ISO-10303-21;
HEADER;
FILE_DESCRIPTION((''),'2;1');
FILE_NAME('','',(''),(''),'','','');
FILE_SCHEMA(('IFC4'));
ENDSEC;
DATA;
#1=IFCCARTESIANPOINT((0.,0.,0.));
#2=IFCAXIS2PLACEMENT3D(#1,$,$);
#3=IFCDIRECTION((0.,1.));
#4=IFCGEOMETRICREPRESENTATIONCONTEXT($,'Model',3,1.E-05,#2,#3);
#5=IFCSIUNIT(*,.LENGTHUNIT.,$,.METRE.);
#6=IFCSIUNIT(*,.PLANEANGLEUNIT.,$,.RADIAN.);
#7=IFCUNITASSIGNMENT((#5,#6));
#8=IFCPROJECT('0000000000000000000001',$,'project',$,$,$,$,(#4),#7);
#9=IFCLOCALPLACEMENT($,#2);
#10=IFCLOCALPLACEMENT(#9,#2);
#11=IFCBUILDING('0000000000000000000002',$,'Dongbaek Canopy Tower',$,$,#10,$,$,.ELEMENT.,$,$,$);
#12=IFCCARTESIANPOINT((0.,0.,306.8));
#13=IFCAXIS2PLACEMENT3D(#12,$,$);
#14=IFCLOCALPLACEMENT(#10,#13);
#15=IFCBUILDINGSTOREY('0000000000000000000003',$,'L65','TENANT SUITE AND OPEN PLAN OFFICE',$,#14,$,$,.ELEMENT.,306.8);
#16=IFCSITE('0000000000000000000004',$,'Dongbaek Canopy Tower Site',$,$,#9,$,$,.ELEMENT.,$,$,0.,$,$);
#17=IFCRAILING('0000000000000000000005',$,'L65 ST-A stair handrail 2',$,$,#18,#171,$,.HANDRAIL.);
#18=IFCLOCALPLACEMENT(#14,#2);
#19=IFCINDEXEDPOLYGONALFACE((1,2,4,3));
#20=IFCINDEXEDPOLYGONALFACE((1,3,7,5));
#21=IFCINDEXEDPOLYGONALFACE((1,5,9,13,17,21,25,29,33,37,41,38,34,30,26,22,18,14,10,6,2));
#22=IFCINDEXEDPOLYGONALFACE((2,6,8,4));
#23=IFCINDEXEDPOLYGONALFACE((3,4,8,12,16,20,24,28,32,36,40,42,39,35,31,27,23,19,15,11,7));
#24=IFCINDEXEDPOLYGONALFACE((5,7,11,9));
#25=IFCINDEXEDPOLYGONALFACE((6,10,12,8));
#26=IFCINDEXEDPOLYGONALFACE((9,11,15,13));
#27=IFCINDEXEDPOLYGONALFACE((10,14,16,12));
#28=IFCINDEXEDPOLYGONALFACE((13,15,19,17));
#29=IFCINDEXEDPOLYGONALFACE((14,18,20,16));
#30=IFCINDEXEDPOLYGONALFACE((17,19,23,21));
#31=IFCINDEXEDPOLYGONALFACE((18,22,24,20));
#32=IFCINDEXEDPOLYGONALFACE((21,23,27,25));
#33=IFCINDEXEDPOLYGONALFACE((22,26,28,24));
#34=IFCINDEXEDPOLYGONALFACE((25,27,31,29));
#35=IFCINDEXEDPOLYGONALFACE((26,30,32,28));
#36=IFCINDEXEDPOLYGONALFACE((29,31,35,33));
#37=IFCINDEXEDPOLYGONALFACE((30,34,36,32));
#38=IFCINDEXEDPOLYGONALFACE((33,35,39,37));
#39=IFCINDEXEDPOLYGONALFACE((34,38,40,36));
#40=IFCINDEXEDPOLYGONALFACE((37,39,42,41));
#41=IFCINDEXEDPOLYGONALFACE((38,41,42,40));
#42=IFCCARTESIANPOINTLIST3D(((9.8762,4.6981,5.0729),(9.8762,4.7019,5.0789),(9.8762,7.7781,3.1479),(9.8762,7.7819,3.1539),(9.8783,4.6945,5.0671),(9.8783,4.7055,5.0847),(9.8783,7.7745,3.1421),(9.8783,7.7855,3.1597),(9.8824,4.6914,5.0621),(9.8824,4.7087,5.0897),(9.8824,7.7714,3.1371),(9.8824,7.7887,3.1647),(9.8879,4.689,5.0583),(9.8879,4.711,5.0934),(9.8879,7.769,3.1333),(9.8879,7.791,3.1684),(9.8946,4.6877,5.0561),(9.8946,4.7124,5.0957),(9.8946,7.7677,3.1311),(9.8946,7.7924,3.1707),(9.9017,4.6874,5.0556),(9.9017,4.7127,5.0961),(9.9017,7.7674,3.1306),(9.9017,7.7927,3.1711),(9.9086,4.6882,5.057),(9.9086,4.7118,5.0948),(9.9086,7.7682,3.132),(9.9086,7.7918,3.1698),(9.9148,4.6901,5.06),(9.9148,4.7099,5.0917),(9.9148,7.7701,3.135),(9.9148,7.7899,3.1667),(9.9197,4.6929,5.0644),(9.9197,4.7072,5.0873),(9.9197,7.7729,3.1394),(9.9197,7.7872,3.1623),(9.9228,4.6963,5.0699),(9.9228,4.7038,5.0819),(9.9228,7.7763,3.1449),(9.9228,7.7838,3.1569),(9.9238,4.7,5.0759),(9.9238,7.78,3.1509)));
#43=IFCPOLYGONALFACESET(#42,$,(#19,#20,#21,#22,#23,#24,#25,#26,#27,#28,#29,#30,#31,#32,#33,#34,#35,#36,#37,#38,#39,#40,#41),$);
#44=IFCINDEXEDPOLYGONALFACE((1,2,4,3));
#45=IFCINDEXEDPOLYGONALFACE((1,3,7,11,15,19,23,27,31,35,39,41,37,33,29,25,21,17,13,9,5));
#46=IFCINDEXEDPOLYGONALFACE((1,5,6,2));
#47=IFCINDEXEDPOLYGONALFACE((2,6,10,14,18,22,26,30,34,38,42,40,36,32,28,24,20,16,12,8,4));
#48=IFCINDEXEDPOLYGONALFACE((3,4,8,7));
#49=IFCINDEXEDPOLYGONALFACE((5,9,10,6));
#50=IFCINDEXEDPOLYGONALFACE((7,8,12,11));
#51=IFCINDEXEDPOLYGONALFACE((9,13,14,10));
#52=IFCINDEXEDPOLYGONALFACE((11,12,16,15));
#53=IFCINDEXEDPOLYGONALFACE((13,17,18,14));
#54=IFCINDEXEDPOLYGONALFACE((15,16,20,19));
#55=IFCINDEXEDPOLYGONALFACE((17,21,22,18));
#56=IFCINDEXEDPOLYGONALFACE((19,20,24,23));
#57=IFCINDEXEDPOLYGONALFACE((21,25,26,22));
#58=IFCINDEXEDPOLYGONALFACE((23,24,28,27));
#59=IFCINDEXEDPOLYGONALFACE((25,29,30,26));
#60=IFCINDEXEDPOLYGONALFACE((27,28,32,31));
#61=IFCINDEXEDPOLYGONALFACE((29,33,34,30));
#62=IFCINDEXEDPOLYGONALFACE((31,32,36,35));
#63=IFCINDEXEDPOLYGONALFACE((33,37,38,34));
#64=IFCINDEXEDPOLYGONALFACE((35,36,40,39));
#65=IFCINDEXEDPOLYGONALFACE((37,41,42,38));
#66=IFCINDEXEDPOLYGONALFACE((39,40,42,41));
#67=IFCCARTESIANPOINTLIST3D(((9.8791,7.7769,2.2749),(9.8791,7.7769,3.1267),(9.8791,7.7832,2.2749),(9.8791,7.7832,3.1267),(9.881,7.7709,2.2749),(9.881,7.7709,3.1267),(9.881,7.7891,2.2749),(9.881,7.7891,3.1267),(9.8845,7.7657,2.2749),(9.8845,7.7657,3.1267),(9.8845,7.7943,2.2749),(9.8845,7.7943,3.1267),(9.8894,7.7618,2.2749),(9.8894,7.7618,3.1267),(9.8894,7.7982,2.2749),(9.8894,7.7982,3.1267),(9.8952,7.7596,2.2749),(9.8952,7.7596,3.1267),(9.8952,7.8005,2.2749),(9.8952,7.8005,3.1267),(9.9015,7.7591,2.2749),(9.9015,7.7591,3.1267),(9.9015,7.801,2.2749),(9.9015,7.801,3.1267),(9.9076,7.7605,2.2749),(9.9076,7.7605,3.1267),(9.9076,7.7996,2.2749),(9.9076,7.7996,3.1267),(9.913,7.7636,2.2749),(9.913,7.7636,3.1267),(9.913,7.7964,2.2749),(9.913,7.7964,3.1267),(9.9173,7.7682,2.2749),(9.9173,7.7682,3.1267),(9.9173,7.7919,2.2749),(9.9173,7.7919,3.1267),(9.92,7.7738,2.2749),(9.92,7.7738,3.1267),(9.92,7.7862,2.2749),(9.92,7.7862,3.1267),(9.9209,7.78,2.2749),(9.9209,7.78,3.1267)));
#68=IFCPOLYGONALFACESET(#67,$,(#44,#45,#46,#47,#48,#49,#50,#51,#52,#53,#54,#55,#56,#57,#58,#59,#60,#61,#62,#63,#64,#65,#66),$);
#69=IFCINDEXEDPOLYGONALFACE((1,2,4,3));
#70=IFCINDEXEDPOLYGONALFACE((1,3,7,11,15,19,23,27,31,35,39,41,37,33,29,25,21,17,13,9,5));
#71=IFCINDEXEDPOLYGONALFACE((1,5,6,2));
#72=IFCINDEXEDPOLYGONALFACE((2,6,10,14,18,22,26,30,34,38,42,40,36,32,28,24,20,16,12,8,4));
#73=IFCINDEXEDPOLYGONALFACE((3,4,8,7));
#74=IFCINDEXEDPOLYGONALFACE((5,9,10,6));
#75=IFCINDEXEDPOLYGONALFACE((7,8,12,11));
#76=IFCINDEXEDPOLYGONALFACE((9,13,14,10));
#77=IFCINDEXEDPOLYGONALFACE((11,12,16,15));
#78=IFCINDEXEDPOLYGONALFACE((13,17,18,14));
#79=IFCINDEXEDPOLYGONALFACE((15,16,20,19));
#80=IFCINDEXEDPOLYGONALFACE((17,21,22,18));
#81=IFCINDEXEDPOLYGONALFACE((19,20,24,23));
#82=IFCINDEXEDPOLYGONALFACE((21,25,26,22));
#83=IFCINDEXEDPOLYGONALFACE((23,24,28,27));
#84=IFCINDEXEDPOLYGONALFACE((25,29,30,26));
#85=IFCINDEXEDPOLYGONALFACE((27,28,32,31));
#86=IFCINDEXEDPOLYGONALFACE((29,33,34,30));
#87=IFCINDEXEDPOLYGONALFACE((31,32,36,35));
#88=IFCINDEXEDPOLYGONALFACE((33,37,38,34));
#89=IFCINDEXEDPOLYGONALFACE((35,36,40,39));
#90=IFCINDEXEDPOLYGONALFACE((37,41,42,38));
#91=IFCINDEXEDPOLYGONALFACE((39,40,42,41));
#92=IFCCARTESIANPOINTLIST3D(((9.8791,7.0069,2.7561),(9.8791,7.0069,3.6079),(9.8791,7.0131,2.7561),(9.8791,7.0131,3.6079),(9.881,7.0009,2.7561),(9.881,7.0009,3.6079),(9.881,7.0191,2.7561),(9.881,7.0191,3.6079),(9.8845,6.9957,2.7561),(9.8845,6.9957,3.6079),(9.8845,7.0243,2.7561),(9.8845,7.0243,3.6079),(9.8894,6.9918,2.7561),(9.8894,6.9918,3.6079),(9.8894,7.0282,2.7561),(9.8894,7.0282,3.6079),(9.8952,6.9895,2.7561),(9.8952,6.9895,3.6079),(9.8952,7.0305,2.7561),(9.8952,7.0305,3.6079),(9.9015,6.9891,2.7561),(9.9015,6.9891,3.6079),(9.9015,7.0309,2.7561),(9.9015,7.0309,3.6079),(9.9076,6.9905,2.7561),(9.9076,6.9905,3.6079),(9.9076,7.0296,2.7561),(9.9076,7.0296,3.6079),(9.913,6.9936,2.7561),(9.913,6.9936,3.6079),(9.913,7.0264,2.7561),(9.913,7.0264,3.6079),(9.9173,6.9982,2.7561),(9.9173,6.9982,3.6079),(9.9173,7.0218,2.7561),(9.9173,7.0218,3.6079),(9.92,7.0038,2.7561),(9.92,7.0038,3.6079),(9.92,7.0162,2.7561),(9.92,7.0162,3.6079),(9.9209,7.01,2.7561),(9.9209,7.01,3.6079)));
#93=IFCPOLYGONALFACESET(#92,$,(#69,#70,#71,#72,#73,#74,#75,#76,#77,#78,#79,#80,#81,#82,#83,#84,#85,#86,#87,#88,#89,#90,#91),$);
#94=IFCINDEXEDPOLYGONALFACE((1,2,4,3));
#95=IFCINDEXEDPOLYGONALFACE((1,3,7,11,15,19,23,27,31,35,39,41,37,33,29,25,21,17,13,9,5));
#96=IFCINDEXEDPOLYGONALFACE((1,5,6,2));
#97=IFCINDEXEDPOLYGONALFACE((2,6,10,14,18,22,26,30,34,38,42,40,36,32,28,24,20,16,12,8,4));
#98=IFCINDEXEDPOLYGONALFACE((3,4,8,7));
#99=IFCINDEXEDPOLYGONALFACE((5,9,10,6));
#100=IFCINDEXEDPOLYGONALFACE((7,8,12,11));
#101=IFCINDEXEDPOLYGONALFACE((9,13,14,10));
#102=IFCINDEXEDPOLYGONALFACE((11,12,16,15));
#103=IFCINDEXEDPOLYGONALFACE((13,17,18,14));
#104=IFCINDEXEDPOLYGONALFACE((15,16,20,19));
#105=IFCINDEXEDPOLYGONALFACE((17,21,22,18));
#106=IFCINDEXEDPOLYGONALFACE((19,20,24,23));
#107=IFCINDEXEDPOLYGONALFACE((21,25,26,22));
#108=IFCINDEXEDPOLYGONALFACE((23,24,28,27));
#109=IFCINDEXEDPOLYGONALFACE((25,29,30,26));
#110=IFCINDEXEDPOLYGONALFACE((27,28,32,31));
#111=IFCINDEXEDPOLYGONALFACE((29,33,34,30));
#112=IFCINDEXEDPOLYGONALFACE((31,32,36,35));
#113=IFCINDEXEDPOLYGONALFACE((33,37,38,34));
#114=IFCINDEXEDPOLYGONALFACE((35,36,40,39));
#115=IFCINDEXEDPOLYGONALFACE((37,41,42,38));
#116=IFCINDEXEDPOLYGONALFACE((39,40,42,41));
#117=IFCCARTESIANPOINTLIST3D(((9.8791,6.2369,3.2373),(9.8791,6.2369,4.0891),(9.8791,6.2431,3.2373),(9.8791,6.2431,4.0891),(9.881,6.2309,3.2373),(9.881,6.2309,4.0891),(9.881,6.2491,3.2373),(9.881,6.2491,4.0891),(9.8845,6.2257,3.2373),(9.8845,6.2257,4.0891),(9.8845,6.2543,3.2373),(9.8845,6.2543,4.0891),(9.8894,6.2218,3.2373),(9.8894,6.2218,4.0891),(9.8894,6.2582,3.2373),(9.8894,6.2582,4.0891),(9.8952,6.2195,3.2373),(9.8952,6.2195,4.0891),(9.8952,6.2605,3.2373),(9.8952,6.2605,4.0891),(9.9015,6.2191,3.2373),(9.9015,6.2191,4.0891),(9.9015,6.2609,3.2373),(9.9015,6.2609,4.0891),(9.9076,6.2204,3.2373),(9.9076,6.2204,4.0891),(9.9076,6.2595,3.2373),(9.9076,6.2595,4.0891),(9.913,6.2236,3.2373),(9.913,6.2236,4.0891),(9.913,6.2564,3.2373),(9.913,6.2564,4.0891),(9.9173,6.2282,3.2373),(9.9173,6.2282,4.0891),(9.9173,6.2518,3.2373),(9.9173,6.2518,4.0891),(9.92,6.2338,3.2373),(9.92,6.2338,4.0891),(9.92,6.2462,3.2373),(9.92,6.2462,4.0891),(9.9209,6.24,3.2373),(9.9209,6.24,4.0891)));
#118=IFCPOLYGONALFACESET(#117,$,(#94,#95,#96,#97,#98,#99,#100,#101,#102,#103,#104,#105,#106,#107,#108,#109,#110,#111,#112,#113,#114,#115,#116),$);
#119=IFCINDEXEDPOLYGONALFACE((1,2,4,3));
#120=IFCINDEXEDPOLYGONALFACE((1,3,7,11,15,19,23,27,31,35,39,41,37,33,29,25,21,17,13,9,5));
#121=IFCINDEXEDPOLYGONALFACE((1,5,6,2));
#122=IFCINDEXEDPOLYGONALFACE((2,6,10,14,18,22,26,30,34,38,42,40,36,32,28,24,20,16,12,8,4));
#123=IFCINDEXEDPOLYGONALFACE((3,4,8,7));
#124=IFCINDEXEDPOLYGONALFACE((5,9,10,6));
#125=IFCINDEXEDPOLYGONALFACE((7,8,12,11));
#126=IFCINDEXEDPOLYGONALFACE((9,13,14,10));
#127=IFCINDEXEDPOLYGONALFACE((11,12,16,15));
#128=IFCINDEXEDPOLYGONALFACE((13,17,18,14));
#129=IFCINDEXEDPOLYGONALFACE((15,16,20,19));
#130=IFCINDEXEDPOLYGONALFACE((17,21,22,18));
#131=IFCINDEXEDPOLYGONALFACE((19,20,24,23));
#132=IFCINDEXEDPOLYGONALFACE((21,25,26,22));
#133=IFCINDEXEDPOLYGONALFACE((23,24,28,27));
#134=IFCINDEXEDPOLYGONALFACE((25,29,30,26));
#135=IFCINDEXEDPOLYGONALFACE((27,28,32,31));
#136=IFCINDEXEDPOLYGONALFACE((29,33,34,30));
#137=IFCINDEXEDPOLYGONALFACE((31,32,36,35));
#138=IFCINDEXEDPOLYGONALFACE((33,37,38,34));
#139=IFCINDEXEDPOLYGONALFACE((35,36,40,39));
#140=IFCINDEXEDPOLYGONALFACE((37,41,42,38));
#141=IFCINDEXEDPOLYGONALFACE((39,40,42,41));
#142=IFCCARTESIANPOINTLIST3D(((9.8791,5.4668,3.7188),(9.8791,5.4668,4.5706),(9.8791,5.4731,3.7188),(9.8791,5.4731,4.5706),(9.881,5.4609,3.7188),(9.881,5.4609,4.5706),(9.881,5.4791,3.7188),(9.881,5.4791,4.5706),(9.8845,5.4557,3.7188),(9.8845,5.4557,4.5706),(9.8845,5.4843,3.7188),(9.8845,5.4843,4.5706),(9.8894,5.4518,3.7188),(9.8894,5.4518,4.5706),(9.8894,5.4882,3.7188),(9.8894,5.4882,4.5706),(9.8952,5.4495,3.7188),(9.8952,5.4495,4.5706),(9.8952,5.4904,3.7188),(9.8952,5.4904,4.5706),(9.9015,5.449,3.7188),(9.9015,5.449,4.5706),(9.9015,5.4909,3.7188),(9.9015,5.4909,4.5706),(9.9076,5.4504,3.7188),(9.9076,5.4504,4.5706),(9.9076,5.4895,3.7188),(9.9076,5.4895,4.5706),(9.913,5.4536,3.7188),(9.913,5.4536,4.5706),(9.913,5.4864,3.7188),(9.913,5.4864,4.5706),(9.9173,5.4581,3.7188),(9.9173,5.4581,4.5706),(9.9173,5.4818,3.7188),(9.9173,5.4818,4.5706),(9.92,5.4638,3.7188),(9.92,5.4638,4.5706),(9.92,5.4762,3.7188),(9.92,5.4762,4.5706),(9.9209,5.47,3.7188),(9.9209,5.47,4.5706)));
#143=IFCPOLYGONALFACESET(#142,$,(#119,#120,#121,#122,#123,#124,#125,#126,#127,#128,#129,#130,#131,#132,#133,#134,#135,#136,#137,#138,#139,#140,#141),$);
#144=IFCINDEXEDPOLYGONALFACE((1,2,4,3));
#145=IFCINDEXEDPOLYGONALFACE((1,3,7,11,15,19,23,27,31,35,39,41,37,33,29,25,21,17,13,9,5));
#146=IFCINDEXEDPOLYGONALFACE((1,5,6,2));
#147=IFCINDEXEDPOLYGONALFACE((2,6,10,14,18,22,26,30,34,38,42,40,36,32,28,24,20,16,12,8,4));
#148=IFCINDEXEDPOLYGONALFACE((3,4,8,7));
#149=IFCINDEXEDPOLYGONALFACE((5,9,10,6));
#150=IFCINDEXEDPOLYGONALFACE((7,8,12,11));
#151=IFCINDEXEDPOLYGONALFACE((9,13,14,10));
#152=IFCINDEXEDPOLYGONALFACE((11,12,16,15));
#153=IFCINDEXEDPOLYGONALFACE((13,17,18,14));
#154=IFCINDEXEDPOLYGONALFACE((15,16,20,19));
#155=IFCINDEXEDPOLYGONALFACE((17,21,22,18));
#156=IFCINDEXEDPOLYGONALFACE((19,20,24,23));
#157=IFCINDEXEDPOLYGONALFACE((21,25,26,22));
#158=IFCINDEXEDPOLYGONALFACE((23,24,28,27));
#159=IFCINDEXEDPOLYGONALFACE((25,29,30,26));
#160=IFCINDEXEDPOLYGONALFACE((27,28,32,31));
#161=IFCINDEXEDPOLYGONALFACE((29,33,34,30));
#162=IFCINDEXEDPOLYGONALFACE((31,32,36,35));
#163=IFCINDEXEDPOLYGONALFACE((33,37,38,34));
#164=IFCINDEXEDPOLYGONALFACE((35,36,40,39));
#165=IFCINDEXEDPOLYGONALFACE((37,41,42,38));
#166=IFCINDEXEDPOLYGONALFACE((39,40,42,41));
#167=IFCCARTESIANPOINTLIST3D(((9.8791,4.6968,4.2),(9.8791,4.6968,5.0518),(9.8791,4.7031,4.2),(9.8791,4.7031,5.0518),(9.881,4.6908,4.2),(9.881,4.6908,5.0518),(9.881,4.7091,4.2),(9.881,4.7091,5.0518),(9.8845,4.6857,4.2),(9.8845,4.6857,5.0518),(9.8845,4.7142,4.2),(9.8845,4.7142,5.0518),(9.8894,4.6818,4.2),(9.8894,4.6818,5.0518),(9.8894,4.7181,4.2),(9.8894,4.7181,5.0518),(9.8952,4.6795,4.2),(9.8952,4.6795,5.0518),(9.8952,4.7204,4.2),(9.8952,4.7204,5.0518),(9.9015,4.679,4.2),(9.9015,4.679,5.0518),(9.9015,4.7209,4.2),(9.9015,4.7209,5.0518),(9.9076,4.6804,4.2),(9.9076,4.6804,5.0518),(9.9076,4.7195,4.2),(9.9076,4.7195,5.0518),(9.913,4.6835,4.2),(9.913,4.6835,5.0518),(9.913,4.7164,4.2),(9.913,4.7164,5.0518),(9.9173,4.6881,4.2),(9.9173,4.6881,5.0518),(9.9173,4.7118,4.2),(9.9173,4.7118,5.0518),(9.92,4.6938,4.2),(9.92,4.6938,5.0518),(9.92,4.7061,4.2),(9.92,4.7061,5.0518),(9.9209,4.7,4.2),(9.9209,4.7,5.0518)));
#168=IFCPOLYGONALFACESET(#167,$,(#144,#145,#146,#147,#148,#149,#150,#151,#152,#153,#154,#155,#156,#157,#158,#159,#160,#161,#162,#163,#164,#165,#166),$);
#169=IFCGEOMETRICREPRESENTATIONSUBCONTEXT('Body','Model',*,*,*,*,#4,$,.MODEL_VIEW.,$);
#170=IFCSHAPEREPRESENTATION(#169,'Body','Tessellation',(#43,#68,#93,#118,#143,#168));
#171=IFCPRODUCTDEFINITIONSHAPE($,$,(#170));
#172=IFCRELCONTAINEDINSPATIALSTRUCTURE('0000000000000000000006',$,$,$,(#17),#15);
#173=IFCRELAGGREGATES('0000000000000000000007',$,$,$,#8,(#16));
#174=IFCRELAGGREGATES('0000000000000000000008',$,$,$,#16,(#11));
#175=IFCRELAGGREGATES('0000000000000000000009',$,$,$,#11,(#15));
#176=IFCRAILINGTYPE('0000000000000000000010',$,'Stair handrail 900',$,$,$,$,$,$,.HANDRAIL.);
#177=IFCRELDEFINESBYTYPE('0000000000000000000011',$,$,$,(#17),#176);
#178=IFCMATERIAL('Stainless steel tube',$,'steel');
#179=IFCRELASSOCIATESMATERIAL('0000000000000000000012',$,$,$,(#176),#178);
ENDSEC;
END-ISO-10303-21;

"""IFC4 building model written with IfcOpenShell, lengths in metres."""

from ifc_helpers import new_model, si_unit, direction, frame, origin, origin_2d, place, context, subcontext, project, spatial, circle, extrude, material, type_object, element, save


model = new_model("IFC4")

# Units and contexts
model_context = context("Model", 3, precision=1e-05, world=origin(), true_north=direction((0.0, 1.0)))
body_context = subcontext(model_context, "Body", "Model", "MODEL_VIEW")
ifc_project = project(units=[si_unit("LENGTHUNIT", "METRE"), si_unit("PLANEANGLEUNIT", "RADIAN")], contexts=[model_context])

# Site, building, storey
site_placement = place(None, origin())
site = spatial("IfcSite", under=ifc_project, at=site_placement, Name="Dongbaek Canopy Tower Site", CompositionType="ELEMENT", RefElevation=0.0)
building_placement = place(site_placement, origin())
building = spatial("IfcBuilding", under=site, at=building_placement, Name="Dongbaek Canopy Tower", CompositionType="ELEMENT")
storey_placement = place(building_placement, frame((0.0, 0.0, 306.8)))
storey = spatial("IfcBuildingStorey", under=building, at=storey_placement, Name="L65", Description="TENANT SUITE AND OPEN PLAN OFFICE", CompositionType="ELEMENT", Elevation=306.8)

# Railing
ifc_material_1 = material(Name="Stainless steel tube", Category="steel")
railing_type_1 = type_object("IfcRailingType", Name="Stair handrail 900", PredefinedType="HANDRAIL", material=ifc_material_1)
railing_1_placement = place(storey_placement, frame((9.8999, 7.78, 2.2749)))
element("IfcRailing", 1, at=railing_1_placement, inside=storey, type_object=railing_type_1, Name="L65 ST-A stair handrail 2", PredefinedType="HANDRAIL", context=body_context, shape_type="SweptSolid", body=[
    extrude(circle(Radius=0.0239, at=origin_2d()), frame((0.0, 0.0, 0.876), z_axis=(0.0, -0.847998, 0.529999), x_axis=(1.0, 0.0, 0.0)), (0.0, 0.0, 1.0), 3.6321),
    extrude(circle(Radius=0.021, at=origin_2d()), origin(), (0.0, 0.0, 1.0), 0.8518),
    extrude(circle(Radius=0.021, at=origin_2d()), frame((0.0, -0.77, 0.4812)), (0.0, 0.0, 1.0), 0.8518),
    extrude(circle(Radius=0.021, at=origin_2d()), frame((0.0, -1.54, 0.9624)), (0.0, 0.0, 1.0), 0.8518),
    extrude(circle(Radius=0.021, at=origin_2d()), frame((0.0, -2.3101, 1.4438)), (0.0, 0.0, 1.0), 0.8518),
    extrude(circle(Radius=0.021, at=origin_2d()), frame((0.0, -3.0801, 1.925)), (0.0, 0.0, 1.0), 0.8518),
])

save(model, "model.ifc")
